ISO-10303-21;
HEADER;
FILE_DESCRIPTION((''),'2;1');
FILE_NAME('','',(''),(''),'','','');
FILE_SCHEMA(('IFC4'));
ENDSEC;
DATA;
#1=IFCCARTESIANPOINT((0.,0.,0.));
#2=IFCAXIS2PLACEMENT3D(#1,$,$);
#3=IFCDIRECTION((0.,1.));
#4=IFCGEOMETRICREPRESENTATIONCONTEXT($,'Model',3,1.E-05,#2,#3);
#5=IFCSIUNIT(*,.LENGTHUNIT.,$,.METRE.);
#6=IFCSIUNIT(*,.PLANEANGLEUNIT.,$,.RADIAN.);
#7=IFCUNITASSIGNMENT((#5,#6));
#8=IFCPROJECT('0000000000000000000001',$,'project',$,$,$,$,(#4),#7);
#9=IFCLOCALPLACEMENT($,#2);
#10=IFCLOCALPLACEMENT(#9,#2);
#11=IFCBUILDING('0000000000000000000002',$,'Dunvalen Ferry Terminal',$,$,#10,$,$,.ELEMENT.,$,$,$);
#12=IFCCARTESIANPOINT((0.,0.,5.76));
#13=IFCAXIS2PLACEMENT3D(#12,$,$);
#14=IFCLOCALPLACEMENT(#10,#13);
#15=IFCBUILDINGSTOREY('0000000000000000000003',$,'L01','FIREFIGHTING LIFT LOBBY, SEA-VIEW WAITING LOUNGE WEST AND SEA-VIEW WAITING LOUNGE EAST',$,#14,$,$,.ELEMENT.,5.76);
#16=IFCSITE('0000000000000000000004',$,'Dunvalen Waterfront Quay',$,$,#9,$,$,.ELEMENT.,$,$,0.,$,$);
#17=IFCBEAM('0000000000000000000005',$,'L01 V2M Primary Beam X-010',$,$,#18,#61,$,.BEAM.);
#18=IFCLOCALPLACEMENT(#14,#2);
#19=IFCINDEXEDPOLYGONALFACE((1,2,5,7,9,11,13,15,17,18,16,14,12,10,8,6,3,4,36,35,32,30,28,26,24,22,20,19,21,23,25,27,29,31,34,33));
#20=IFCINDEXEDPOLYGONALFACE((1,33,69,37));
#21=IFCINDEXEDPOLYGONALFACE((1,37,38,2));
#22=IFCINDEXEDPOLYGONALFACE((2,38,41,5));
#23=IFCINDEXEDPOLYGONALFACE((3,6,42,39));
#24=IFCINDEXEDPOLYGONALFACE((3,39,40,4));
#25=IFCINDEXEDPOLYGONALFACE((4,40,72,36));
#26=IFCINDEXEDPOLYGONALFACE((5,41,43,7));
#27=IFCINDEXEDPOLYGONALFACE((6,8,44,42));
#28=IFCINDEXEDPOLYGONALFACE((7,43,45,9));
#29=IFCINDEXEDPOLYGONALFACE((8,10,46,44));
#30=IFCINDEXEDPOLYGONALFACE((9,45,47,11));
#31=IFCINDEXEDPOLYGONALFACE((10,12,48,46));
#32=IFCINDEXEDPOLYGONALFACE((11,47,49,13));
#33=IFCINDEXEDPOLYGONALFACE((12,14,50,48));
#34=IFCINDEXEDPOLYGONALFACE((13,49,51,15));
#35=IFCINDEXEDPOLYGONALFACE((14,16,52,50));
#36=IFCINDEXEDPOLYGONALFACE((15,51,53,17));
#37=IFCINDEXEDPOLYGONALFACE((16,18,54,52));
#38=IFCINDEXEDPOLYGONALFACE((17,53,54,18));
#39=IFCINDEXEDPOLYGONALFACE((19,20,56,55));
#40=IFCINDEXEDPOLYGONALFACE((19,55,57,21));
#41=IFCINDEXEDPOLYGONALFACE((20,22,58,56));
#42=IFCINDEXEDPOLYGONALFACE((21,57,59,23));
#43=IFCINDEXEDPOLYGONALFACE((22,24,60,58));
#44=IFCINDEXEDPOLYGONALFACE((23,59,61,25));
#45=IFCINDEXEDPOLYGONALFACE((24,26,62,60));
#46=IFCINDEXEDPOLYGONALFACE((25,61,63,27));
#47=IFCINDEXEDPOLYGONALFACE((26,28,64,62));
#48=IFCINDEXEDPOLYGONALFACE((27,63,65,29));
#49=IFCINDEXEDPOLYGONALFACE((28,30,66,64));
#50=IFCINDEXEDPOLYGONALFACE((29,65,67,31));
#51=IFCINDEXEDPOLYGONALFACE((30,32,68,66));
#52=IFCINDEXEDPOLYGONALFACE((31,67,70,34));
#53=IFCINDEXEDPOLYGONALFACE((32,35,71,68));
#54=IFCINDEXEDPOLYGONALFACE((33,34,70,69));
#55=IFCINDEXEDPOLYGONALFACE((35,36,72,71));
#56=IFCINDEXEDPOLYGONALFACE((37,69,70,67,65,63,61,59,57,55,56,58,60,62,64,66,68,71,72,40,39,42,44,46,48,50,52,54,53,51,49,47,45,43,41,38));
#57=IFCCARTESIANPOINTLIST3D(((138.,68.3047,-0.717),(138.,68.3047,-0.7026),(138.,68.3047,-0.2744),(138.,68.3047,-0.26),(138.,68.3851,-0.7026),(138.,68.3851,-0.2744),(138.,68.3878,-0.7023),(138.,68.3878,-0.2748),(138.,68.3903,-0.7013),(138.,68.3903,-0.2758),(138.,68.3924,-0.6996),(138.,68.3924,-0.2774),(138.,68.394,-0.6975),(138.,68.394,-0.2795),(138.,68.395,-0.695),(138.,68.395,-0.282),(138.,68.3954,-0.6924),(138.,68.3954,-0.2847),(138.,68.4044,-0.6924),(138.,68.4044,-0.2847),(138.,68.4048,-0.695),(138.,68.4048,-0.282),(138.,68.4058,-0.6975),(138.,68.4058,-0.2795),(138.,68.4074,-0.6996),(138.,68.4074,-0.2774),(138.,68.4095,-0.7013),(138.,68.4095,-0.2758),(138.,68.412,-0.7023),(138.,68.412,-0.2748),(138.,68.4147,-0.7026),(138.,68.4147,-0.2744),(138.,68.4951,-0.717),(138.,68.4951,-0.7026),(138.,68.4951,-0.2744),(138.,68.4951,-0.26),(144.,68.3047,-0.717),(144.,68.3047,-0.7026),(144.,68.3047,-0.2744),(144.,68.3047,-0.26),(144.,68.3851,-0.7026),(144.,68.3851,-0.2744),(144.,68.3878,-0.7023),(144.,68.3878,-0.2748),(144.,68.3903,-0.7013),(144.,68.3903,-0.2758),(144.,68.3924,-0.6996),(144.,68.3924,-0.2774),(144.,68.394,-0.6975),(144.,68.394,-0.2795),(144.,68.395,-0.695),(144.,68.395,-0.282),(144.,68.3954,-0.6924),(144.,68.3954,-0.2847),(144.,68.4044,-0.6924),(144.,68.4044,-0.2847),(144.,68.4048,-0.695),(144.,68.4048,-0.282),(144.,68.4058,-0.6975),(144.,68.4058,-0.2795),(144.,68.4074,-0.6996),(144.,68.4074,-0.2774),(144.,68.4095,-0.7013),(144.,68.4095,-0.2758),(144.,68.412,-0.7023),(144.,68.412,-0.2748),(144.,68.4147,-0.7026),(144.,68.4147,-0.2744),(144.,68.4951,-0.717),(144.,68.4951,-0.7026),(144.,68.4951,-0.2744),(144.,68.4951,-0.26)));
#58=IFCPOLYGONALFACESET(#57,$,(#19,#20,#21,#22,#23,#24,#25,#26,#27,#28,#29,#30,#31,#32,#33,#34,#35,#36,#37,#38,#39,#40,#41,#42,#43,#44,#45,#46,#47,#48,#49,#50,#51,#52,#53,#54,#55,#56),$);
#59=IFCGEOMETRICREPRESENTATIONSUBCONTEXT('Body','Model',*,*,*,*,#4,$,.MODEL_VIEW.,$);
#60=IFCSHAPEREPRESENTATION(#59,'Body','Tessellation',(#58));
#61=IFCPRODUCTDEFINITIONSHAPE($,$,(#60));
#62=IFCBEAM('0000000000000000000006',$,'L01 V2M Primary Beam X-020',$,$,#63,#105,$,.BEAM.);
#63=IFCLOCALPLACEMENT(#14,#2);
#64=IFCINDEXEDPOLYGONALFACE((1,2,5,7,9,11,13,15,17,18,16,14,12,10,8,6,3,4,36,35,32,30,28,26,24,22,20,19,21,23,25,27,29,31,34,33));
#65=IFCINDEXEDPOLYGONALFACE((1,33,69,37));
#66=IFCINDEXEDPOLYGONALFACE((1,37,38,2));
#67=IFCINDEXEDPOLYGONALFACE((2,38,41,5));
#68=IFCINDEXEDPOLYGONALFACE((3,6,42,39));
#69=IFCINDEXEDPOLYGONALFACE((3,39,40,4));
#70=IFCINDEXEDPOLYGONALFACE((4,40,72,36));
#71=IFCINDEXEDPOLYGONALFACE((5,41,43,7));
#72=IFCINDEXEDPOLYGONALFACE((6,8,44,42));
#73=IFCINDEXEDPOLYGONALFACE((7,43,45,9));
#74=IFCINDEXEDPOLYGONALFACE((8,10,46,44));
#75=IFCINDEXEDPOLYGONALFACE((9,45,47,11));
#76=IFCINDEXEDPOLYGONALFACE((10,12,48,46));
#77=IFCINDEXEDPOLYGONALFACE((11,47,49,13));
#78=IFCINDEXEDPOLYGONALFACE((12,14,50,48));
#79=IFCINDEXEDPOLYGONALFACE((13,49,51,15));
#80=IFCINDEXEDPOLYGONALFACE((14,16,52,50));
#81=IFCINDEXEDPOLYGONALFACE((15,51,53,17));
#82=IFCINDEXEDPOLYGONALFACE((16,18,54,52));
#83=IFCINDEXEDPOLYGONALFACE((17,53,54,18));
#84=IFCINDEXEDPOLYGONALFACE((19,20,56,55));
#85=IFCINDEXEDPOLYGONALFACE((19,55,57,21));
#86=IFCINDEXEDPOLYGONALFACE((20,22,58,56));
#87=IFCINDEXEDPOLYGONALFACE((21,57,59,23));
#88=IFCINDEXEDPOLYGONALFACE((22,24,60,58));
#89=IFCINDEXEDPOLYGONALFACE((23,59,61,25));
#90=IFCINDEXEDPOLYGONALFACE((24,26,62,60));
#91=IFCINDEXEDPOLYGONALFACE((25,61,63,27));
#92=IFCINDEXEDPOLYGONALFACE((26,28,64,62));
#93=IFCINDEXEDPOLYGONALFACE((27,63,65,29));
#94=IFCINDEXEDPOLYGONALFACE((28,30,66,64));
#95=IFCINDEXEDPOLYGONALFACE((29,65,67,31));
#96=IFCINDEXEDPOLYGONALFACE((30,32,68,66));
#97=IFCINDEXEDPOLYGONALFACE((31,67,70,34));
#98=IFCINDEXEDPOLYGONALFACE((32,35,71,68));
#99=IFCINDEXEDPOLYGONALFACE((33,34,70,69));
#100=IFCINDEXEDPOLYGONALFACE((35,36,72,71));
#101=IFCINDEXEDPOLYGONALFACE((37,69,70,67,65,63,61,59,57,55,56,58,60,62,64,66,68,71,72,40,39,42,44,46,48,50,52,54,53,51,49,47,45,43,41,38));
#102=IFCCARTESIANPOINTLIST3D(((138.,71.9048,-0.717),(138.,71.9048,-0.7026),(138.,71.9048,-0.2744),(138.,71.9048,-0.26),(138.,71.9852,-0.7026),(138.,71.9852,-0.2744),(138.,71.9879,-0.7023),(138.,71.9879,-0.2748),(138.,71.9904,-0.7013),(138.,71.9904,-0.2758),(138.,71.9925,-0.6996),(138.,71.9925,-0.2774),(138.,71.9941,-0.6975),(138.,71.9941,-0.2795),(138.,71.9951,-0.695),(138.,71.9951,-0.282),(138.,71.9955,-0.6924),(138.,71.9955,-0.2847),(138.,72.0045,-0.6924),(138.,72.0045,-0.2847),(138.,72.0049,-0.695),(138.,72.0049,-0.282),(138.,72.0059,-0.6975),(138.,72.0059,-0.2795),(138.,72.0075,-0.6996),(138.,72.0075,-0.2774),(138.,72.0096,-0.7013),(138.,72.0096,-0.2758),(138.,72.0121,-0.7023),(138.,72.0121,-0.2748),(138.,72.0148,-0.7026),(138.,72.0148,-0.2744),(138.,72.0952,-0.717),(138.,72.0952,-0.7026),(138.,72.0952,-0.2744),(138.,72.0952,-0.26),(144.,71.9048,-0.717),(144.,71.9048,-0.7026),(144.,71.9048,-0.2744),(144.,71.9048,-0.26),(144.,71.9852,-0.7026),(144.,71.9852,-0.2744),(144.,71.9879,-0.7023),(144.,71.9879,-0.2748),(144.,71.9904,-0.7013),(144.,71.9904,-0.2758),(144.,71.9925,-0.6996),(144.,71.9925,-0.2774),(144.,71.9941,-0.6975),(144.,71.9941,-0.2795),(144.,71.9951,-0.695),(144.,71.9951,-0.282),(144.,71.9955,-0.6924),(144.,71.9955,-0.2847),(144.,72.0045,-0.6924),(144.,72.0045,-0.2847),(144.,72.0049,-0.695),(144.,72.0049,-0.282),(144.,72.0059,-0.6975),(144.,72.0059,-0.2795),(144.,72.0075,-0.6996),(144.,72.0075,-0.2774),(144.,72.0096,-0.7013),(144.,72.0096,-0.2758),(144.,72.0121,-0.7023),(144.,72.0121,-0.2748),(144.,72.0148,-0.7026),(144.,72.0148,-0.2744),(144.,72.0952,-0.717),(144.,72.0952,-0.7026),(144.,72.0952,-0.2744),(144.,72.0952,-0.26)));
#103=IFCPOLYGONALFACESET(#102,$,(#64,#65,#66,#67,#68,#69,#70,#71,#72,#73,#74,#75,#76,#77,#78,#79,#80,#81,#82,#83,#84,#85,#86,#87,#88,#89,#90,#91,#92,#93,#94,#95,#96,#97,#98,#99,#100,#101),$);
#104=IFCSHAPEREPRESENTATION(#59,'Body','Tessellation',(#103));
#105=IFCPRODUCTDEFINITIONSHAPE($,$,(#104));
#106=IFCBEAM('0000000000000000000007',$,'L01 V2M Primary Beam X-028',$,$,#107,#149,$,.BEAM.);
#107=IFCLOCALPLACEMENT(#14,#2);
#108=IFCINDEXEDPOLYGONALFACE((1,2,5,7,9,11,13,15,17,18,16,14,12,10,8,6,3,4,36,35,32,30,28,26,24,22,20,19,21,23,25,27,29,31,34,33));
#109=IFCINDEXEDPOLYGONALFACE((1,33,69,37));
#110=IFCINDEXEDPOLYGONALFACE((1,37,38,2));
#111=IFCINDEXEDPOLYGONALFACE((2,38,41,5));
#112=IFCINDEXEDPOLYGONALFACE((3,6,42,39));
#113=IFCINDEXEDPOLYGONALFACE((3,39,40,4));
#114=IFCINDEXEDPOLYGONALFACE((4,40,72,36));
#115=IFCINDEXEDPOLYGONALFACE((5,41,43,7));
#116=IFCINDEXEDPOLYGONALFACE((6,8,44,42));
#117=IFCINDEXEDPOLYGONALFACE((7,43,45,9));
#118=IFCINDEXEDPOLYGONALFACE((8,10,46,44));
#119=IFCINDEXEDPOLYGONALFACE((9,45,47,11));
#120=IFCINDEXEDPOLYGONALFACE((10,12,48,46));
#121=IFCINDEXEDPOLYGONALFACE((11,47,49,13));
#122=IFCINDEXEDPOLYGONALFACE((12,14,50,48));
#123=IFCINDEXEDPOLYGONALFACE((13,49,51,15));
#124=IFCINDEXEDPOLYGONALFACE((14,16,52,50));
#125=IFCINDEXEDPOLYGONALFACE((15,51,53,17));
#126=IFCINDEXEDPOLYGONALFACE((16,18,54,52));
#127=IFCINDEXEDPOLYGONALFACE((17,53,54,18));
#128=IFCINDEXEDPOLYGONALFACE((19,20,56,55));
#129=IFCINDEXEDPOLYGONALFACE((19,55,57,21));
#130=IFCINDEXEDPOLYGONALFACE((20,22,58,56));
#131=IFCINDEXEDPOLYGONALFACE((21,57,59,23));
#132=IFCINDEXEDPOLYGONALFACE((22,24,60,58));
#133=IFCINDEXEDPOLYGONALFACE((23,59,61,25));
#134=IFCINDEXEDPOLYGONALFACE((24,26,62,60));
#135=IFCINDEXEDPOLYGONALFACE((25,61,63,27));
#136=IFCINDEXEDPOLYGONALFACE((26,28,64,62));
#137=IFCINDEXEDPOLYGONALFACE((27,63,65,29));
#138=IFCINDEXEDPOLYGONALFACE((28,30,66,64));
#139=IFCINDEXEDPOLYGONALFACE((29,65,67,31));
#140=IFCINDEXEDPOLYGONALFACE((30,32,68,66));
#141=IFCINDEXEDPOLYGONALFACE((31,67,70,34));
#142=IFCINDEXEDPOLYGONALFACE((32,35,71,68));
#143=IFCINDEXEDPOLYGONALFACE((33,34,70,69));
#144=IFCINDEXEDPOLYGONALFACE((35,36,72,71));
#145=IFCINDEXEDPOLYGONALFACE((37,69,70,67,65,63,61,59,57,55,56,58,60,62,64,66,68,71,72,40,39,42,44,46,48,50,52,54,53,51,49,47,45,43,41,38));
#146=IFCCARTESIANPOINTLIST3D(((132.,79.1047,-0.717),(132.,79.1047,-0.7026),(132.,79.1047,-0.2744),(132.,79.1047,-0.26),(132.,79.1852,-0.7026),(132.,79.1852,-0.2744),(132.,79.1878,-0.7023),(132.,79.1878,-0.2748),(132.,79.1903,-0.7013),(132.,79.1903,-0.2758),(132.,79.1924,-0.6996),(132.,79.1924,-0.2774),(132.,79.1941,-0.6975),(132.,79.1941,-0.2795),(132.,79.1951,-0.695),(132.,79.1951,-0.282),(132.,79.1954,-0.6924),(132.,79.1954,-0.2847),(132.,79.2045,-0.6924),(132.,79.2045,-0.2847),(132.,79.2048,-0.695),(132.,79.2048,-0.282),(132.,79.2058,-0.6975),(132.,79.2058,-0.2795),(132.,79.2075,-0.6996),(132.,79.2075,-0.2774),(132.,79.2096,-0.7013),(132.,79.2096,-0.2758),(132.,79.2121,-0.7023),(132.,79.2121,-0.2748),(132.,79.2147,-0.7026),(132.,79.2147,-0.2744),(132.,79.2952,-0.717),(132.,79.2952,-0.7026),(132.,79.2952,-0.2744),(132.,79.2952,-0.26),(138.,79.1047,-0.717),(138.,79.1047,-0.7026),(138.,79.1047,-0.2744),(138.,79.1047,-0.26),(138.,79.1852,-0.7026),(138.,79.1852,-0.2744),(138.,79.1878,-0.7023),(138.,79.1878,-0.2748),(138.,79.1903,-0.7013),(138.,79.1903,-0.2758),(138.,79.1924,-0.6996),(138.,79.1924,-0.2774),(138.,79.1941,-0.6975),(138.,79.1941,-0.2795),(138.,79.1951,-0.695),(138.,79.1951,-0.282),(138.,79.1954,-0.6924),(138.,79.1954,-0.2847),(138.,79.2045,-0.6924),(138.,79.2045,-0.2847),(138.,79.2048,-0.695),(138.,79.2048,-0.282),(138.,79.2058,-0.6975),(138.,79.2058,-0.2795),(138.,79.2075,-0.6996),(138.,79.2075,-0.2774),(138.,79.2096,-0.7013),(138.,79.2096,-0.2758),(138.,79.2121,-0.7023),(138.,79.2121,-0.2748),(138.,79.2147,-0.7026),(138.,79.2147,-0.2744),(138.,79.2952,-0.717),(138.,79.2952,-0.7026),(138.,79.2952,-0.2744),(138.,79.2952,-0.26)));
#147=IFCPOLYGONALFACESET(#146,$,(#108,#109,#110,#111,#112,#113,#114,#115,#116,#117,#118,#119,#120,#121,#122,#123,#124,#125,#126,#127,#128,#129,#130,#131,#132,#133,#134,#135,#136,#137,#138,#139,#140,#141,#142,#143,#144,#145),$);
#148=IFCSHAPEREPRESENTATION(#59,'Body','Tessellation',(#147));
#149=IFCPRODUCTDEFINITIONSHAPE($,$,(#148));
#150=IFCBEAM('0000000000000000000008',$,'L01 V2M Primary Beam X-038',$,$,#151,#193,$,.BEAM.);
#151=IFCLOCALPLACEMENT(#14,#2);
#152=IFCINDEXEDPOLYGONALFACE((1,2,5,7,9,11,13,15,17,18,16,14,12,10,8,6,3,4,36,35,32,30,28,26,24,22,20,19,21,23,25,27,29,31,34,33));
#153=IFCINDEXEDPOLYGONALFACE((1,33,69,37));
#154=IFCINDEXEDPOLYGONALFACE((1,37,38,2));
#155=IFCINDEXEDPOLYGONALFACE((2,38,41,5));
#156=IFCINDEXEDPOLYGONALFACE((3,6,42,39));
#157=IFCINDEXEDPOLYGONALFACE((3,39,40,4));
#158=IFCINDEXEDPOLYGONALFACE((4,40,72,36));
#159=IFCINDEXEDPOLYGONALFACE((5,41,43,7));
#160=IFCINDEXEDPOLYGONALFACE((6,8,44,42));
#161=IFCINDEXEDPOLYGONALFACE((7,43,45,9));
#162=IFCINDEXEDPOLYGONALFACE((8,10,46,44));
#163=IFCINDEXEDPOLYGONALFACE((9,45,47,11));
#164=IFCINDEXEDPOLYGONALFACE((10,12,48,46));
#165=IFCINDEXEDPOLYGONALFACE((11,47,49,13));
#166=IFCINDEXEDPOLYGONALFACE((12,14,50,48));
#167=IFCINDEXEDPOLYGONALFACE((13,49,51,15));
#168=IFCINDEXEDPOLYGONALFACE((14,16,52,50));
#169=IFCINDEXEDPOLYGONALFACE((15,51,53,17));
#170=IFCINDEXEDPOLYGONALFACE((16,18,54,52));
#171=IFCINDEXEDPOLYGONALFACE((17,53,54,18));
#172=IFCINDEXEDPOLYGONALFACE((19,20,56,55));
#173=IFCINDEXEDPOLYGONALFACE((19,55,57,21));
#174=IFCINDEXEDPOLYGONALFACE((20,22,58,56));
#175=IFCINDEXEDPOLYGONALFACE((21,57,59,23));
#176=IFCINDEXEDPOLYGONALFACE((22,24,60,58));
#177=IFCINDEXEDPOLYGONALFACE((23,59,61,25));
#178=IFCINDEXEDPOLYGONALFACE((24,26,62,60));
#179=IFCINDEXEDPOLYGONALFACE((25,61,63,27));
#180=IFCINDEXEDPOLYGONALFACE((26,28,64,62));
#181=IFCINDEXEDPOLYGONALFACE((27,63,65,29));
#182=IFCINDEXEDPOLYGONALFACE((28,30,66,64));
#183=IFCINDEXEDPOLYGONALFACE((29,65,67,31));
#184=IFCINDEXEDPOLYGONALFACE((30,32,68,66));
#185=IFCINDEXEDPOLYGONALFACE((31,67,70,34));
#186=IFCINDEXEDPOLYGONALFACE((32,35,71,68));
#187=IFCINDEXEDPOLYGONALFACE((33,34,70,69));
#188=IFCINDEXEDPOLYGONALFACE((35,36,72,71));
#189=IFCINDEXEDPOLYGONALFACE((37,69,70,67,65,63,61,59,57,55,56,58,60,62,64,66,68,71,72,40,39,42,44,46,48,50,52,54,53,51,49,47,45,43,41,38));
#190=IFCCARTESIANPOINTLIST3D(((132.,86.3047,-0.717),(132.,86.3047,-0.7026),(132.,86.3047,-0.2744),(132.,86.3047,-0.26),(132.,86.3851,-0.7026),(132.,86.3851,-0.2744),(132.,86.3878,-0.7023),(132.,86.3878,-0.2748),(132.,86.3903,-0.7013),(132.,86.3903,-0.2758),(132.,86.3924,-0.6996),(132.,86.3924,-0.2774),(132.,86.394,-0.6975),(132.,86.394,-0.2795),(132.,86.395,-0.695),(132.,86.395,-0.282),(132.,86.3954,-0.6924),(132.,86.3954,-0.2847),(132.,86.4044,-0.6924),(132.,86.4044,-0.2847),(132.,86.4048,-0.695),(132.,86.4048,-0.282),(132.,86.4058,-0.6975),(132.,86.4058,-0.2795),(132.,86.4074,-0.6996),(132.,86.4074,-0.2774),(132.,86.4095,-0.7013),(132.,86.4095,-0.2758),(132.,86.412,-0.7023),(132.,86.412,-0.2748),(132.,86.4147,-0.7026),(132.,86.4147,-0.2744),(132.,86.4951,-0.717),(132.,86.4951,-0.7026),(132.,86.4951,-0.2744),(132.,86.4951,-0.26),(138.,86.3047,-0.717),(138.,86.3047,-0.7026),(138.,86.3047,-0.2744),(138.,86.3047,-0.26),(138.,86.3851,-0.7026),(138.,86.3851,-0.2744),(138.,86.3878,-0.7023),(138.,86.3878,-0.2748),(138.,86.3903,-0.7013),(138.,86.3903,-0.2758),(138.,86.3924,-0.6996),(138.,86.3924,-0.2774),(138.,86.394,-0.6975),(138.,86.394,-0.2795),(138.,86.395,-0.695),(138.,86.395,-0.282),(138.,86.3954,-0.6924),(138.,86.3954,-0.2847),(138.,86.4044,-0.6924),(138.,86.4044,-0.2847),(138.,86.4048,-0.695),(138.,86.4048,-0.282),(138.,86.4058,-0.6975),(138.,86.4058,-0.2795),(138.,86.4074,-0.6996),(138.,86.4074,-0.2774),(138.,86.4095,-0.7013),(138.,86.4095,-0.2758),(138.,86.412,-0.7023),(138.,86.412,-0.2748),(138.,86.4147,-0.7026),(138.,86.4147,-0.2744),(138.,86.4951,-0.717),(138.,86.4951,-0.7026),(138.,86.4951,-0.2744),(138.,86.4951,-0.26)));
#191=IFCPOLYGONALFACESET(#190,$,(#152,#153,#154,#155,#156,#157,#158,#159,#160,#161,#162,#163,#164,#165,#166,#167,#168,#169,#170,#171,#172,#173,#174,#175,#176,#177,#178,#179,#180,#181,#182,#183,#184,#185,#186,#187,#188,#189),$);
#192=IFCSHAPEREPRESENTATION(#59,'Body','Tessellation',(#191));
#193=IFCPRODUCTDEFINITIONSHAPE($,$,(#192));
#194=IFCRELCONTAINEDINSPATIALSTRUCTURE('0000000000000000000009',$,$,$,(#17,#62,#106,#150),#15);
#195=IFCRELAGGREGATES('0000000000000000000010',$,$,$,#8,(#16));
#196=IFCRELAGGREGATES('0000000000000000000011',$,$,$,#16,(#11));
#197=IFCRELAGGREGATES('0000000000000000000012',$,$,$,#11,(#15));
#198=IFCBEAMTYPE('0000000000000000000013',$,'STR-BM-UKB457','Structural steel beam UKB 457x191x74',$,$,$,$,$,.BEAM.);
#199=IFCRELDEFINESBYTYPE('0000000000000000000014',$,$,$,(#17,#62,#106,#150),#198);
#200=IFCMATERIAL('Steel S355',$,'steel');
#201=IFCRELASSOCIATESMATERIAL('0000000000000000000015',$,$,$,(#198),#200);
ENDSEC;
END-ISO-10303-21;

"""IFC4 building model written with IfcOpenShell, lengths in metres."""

from ifc_helpers import new_model, si_unit, direction, frame, origin, origin_2d, place, context, subcontext, project, spatial, i_section, extrude, material, material_profile, profile_set, type_object, element, save


model = new_model("IFC4")

# Units and contexts
model_context = context("Model", 3, precision=1e-05, world=origin(), true_north=direction((0.0, 1.0)))
body_context = subcontext(model_context, "Body", "Model", "MODEL_VIEW")
ifc_project = project(units=[si_unit("LENGTHUNIT", "METRE"), si_unit("PLANEANGLEUNIT", "RADIAN")], contexts=[model_context])

# Site, building, storey
site_placement = place(None, origin())
site = spatial("IfcSite", under=ifc_project, at=site_placement, Name="Dunvalen Waterfront Quay", CompositionType="ELEMENT", RefElevation=0.0)
building_placement = place(site_placement, origin())
building = spatial("IfcBuilding", under=site, at=building_placement, Name="Dunvalen Ferry Terminal", CompositionType="ELEMENT")
storey_placement = place(building_placement, frame((0.0, 0.0, 5.76)))
storey = spatial("IfcBuildingStorey", under=building, at=storey_placement, Name="L01", Description="FIREFIGHTING LIFT LOBBY, SEA-VIEW WAITING LOUNGE WEST AND SEA-VIEW WAITING LOUNGE EAST", CompositionType="ELEMENT", Elevation=5.76)

# Beams
ifc_material_1 = material(Name="Steel S355", Category="steel")
ifc_material_profile_1 = material_profile(ifc_material_1, i_section(OverallWidth=0.1904, OverallDepth=0.457, WebThickness=0.009, FlangeThickness=0.0144, FilletRadius=0.0103, at=origin_2d()), Name="Steel S355")
ifc_profile_set_1 = profile_set([ifc_material_profile_1], Name="Steel S355")
beam_type_1 = type_object("IfcBeamType", Name="STR-BM-UKB457", Description="Structural steel beam UKB 457x191x74", PredefinedType="BEAM", material=ifc_profile_set_1)
for number, where, z_axis, x_axis, name in (
    (1, (138.0, 68.3999, -0.4885), (1.0, 0.0, 0.0), (0.0, 1.0, 0.0), "L01 V2M Primary Beam X-010"),
    (2, (138.0, 72.0, -0.4885), (1.0, 0.0, 0.0), (0.0, 1.0, 0.0), "L01 V2M Primary Beam X-020"),
    (3, (132.0, 79.2, -0.4885), (1.0, 0.0, 0.0), (0.0, 1.0, 0.0), "L01 V2M Primary Beam X-028"),
    (4, (132.0, 86.3999, -0.4885), (1.0, 0.0, 0.0), (0.0, 1.0, 0.0), "L01 V2M Primary Beam X-038"),
):
    element("IfcBeam", number, at=place(storey_placement, frame(where, z_axis=z_axis, x_axis=x_axis)), inside=storey, type_object=beam_type_1, Name=name, PredefinedType="BEAM", context=body_context, shape_type="SweptSolid", body=[
        extrude(i_section(OverallWidth=0.1904, OverallDepth=0.457, WebThickness=0.009, FlangeThickness=0.0144, FilletRadius=0.0103, at=origin_2d()), origin(), (0.0, 0.0, 1.0), 6.0),
    ])

save(model, "model.ifc")
